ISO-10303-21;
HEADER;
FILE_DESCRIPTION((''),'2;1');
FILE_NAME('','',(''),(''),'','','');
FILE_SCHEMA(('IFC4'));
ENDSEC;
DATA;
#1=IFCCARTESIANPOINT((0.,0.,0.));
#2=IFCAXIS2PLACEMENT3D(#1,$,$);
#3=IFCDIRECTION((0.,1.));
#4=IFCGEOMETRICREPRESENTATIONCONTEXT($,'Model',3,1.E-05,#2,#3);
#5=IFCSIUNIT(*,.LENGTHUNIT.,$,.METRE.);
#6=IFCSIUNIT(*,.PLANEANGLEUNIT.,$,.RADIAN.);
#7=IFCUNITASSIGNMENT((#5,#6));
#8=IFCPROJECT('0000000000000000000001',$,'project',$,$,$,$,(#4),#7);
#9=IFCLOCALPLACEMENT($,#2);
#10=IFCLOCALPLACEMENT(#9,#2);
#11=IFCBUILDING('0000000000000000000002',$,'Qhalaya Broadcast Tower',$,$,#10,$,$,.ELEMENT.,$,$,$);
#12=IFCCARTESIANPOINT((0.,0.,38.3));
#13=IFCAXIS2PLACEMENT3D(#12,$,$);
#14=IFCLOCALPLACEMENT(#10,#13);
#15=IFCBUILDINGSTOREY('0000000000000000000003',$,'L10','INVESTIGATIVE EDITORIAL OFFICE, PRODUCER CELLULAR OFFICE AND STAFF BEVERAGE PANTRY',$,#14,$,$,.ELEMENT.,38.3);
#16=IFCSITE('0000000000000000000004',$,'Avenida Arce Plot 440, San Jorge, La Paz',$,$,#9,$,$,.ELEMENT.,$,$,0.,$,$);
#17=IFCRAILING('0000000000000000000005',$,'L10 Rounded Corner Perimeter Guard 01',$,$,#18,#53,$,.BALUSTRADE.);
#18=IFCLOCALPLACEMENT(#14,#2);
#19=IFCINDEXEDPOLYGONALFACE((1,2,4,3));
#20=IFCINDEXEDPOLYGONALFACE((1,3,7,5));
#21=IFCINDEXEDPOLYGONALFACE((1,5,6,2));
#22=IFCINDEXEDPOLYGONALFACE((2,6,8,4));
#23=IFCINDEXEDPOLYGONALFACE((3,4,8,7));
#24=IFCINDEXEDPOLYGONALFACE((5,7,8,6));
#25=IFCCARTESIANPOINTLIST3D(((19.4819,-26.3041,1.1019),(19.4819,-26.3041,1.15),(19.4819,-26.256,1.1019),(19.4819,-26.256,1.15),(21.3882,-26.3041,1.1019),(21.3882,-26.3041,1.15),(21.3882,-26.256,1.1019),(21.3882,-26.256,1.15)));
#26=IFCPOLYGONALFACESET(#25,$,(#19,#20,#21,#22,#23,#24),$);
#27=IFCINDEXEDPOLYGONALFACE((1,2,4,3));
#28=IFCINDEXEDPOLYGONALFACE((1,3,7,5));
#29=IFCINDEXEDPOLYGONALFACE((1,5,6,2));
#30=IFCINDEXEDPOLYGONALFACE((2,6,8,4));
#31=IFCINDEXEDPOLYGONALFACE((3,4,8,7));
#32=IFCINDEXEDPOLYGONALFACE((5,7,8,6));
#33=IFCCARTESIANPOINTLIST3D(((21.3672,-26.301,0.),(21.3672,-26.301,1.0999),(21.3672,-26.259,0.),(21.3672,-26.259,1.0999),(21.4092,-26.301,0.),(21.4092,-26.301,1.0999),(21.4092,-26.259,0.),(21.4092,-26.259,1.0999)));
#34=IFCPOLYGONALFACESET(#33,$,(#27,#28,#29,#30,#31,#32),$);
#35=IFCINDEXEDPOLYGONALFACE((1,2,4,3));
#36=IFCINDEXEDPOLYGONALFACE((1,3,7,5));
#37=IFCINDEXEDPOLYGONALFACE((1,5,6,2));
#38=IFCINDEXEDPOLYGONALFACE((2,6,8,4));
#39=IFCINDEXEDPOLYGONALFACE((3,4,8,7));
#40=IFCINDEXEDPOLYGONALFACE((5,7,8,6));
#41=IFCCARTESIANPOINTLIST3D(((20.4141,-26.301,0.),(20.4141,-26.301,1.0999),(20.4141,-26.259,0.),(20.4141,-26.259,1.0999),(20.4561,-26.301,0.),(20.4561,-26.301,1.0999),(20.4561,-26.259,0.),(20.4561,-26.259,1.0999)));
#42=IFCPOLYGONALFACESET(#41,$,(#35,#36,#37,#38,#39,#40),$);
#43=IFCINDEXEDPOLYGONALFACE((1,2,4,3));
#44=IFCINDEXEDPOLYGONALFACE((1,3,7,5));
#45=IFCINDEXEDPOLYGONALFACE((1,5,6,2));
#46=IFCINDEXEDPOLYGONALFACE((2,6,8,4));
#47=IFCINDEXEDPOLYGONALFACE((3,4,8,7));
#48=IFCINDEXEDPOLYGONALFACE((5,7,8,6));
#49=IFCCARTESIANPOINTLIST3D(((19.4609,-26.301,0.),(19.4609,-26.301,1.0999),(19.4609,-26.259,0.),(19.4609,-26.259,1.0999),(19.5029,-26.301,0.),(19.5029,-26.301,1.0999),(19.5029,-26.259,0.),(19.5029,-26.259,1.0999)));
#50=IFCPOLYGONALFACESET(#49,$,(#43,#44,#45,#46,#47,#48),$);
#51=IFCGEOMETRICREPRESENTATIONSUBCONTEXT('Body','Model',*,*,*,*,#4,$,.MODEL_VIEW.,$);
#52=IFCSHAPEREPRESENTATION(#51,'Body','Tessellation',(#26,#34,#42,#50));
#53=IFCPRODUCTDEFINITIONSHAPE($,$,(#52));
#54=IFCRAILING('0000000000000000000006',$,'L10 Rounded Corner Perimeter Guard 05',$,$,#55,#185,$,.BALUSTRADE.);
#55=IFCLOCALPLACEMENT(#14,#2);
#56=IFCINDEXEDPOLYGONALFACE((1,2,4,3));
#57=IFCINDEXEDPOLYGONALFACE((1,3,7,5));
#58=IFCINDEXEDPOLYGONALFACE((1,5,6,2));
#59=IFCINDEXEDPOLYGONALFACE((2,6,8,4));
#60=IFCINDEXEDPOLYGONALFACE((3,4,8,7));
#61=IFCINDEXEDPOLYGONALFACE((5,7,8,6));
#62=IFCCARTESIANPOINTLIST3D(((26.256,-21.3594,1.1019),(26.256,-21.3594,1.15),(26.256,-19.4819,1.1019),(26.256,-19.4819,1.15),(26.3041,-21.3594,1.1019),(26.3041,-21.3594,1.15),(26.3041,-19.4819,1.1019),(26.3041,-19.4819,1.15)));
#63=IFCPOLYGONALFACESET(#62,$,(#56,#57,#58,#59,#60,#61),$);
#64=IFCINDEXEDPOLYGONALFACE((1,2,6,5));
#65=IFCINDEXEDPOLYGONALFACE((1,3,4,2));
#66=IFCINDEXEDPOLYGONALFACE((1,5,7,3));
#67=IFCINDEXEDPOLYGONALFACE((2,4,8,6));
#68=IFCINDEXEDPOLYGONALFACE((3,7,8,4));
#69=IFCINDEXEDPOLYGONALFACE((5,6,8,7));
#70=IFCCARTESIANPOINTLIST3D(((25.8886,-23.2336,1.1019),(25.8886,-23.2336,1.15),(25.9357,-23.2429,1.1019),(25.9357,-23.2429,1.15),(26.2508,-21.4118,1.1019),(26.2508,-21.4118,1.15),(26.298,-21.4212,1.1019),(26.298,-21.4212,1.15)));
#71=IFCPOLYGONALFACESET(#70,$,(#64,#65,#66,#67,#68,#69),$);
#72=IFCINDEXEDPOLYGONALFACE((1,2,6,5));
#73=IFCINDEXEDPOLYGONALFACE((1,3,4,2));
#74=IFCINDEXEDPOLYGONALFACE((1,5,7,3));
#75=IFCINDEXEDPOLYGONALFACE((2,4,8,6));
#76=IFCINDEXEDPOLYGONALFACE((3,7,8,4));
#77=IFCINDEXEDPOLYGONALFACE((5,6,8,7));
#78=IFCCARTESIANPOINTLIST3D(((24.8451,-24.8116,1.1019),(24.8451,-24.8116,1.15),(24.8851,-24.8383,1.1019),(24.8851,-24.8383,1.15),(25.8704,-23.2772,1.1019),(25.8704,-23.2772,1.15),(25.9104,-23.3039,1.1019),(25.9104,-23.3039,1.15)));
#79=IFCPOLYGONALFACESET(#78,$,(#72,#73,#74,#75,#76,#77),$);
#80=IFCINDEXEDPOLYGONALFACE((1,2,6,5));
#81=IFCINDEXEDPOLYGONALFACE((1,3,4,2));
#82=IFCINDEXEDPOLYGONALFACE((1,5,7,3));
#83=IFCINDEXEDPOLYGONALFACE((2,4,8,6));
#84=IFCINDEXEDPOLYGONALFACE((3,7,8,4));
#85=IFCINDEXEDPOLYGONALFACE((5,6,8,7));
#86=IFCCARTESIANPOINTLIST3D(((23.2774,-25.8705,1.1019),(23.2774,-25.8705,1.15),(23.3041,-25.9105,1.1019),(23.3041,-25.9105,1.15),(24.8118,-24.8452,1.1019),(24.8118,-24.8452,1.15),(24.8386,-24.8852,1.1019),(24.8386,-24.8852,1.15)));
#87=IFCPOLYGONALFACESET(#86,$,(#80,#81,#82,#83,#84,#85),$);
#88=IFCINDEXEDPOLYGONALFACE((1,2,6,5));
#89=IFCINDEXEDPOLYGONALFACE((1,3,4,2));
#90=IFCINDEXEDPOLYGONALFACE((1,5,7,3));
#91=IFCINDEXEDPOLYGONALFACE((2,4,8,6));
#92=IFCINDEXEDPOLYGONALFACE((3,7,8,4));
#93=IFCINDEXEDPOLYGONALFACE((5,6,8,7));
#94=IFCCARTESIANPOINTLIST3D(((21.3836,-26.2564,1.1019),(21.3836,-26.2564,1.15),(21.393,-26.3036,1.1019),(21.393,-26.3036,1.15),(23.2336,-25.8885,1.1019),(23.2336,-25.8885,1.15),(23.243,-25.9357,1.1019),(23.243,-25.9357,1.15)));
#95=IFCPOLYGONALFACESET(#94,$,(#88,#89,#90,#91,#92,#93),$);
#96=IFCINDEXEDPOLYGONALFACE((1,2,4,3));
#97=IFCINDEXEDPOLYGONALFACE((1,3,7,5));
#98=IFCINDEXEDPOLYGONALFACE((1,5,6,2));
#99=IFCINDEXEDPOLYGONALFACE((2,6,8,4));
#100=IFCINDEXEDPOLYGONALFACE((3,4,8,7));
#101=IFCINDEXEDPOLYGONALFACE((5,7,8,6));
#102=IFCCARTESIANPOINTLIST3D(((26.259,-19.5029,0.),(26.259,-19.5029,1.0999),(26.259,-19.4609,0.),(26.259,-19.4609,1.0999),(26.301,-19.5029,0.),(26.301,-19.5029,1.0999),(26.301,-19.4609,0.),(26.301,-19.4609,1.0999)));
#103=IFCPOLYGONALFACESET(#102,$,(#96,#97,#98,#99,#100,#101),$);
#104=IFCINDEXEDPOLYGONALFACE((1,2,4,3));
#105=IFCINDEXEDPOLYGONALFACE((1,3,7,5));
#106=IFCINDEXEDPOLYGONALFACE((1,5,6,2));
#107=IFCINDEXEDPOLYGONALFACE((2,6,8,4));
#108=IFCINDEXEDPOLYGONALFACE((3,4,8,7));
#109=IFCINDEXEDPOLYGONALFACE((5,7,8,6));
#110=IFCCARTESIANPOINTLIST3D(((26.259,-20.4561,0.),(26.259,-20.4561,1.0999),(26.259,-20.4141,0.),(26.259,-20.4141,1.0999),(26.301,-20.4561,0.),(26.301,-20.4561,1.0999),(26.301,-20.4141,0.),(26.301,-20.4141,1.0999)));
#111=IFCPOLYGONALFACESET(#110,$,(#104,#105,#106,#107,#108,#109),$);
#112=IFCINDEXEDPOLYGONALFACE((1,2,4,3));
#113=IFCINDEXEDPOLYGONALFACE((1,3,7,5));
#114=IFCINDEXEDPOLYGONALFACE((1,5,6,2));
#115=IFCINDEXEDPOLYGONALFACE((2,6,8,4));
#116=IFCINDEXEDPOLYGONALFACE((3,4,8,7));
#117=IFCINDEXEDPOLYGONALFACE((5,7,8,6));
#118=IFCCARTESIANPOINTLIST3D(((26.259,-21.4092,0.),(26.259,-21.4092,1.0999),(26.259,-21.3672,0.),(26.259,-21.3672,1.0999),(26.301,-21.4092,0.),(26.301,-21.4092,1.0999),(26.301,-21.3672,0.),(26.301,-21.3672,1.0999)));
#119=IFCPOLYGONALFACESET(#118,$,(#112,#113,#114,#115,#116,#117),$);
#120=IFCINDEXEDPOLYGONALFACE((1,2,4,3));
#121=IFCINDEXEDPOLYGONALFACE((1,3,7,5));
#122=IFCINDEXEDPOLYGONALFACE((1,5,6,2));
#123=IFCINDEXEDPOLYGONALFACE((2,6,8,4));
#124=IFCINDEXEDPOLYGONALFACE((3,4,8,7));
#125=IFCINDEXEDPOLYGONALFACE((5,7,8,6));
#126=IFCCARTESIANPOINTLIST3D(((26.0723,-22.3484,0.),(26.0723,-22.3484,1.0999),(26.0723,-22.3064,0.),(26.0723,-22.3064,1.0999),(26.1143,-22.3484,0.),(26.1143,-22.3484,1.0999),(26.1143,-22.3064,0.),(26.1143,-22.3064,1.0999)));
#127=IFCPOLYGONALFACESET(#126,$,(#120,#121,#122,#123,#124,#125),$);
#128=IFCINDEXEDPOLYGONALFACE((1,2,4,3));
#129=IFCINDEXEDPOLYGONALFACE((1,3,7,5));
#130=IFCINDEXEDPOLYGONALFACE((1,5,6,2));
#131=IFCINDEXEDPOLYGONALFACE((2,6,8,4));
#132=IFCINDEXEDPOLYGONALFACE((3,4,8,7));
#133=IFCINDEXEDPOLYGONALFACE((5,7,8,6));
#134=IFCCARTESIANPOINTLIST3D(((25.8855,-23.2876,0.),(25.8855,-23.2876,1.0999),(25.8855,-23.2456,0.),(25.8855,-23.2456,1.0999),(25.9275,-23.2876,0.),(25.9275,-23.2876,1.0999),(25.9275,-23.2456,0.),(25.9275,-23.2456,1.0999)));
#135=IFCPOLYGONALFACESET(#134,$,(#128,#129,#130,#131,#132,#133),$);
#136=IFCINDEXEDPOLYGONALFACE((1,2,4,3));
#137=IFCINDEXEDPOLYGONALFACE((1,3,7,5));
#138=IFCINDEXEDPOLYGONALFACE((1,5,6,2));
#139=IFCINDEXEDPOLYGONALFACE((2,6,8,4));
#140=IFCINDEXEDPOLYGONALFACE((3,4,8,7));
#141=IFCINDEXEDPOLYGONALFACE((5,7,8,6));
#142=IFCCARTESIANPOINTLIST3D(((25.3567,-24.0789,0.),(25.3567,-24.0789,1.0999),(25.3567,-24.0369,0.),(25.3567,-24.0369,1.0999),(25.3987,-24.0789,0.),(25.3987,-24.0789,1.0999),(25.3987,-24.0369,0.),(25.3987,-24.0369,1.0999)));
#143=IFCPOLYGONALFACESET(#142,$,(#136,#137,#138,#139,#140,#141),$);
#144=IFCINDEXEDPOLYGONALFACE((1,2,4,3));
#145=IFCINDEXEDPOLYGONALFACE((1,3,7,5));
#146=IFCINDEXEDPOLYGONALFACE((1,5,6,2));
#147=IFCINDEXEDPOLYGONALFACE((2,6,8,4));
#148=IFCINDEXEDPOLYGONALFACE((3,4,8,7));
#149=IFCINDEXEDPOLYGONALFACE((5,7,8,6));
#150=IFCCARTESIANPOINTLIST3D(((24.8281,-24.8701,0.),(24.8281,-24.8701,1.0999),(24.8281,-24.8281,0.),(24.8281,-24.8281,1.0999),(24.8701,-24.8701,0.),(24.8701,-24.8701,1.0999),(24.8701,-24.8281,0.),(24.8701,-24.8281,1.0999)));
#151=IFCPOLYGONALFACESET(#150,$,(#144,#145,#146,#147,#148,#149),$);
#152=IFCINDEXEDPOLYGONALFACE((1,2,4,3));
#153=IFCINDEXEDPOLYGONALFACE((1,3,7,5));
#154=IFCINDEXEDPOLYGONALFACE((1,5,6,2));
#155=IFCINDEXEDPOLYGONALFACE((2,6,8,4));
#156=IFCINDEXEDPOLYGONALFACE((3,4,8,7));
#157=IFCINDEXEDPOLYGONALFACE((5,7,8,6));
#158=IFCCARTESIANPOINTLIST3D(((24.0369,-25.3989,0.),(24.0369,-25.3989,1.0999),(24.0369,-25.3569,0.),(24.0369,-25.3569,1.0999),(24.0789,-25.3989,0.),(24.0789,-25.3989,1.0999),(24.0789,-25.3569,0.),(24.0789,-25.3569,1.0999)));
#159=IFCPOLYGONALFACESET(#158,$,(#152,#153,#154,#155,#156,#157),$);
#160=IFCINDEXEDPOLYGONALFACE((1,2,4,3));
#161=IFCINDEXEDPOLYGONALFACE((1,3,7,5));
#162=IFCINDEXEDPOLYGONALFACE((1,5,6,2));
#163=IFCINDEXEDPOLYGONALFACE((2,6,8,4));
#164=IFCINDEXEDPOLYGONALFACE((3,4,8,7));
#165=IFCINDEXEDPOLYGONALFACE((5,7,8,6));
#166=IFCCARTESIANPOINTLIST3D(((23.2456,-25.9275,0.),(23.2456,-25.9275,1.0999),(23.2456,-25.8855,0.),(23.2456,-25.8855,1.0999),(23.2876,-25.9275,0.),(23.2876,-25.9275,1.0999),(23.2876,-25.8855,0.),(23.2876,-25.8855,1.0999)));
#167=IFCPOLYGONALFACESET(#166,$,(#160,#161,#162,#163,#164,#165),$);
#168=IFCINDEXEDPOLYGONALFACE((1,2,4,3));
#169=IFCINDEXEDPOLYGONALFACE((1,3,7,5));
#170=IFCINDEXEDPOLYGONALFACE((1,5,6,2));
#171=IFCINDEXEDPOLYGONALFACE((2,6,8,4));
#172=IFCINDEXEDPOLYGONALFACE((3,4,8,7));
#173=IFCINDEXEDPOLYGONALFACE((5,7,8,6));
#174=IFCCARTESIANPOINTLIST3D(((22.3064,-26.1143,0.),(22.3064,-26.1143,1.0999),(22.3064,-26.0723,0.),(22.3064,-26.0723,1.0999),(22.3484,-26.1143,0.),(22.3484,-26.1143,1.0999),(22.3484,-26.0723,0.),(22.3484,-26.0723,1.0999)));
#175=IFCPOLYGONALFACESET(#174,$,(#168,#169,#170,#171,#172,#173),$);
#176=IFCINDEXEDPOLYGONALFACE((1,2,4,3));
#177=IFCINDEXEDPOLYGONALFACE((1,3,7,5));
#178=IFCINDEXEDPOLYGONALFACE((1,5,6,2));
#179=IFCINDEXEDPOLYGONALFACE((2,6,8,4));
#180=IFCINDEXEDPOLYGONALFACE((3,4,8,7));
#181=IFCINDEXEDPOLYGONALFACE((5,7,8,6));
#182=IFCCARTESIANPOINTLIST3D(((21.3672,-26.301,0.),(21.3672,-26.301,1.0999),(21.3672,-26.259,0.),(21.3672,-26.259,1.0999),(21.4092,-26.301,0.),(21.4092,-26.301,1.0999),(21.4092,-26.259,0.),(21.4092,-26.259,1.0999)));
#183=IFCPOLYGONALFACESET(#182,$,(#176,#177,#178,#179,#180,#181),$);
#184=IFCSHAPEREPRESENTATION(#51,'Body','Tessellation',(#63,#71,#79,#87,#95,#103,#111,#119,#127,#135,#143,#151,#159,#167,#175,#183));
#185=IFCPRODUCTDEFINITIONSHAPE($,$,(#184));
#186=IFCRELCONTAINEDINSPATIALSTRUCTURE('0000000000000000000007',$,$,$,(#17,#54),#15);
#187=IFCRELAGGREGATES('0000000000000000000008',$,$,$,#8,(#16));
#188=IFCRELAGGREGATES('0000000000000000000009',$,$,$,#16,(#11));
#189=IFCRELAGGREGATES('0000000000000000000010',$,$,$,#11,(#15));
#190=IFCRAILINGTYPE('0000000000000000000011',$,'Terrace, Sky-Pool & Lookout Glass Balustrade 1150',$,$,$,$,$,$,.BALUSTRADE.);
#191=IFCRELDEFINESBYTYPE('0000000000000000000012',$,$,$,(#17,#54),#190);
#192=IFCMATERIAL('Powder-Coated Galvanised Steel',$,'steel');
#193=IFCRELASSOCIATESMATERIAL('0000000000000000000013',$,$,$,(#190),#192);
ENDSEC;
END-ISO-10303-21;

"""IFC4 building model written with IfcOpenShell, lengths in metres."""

from ifc_helpers import new_model, si_unit, direction, frame, origin, origin_2d, place, context, subcontext, project, spatial, rectangle, extrude, material, type_object, element, save


model = new_model("IFC4")

# Units and contexts
model_context = context("Model", 3, precision=1e-05, world=origin(), true_north=direction((0.0, 1.0)))
body_context = subcontext(model_context, "Body", "Model", "MODEL_VIEW")
ifc_project = project(units=[si_unit("LENGTHUNIT", "METRE"), si_unit("PLANEANGLEUNIT", "RADIAN")], contexts=[model_context])

# Site, building, storey
site_placement = place(None, origin())
site = spatial("IfcSite", under=ifc_project, at=site_placement, Name="Avenida Arce Plot 440, San Jorge, La Paz", CompositionType="ELEMENT", RefElevation=0.0)
building_placement = place(site_placement, origin())
building = spatial("IfcBuilding", under=site, at=building_placement, Name="Qhalaya Broadcast Tower", CompositionType="ELEMENT")
storey_placement = place(building_placement, frame((0.0, 0.0, 38.3)))
storey = spatial("IfcBuildingStorey", under=building, at=storey_placement, Name="L10", Description="INVESTIGATIVE EDITORIAL OFFICE, PRODUCER CELLULAR OFFICE AND STAFF BEVERAGE PANTRY", CompositionType="ELEMENT", Elevation=38.3)

# Railings
ifc_material_1 = material(Name="Powder-Coated Galvanised Steel", Category="steel")
railing_type = type_object("IfcRailingType", Name="Terrace, Sky-Pool & Lookout Glass Balustrade 1150", PredefinedType="BALUSTRADE", material=ifc_material_1)
railing_1_placement = place(storey_placement, frame((21.3882, -26.28, 0.0)))
element("IfcRailing", 1, at=railing_1_placement, inside=storey, type_object=railing_type, Name="L10 Rounded Corner Perimeter Guard 01", PredefinedType="BALUSTRADE", context=body_context, shape_type="SweptSolid", body=[
    extrude(rectangle(XDim=0.0481, YDim=0.0481, at=origin_2d()), frame((0.0, 0.0, 1.126), z_axis=(-1.0, 0.0, 0.0), x_axis=(0.0, -1.0, 0.0)), (0.0, 0.0, 1.0), 1.9062),
    extrude(rectangle(XDim=0.042, YDim=0.042, at=origin_2d()), origin(), (0.0, 0.0, 1.0), 1.0999),
    extrude(rectangle(XDim=0.042, YDim=0.042, at=origin_2d()), frame((-0.9531, 0.0, 0.0)), (0.0, 0.0, 1.0), 1.0999),
    extrude(rectangle(XDim=0.042, YDim=0.042, at=origin_2d()), frame((-1.9062, 0.0, 0.0)), (0.0, 0.0, 1.0), 1.0999),
])
railing_2_placement = place(storey_placement, frame((26.28, -19.4819, 0.0)))
element("IfcRailing", 2, at=railing_2_placement, inside=storey, type_object=railing_type, Name="L10 Rounded Corner Perimeter Guard 05", PredefinedType="BALUSTRADE", context=body_context, shape_type="SweptSolid", body=[
    extrude(rectangle(XDim=0.0481, YDim=0.0481, at=origin_2d()), frame((0.0, 0.0, 1.126), z_axis=(0.0, -1.0, 0.0), x_axis=(1.0, 0.0, 0.0)), (0.0, 0.0, 1.0), 1.8774),
    extrude(rectangle(XDim=0.0481, YDim=0.0481, at=origin_2d()), frame((-0.0056, -1.9346, 1.126), z_axis=(-0.195037, -0.980796, 0.0), x_axis=(0.980796, -0.195037, 0.0)), (0.0, 0.0, 1.0), 1.8574),
    extrude(rectangle(XDim=0.0481, YDim=0.0481, at=origin_2d()), frame((-0.3896, -3.8086, 1.126), z_axis=(-0.555558, -0.831478, 0.0), x_axis=(0.831478, -0.555558, 0.0)), (0.0, 0.0, 1.0), 1.8455),
    extrude(rectangle(XDim=0.0481, YDim=0.0481, at=origin_2d()), frame((-1.4548, -5.3833, 1.126), z_axis=(-0.831478, -0.555558, 0.0), x_axis=(0.555558, -0.831478, 0.0)), (0.0, 0.0, 1.0), 1.8455),
    extrude(rectangle(XDim=0.0481, YDim=0.0481, at=origin_2d()), frame((-3.0417, -6.4302, 1.126), z_axis=(-0.980796, -0.195037, 0.0), x_axis=(0.195037, -0.980796, 0.0)), (0.0, 0.0, 1.0), 1.8862),
    extrude(rectangle(XDim=0.042, YDim=0.042, at=origin_2d()), origin(), (0.0, 0.0, 1.0), 1.0999),
    extrude(rectangle(XDim=0.042, YDim=0.042, at=origin_2d()), frame((0.0, -0.9531, 0.0)), (0.0, 0.0, 1.0), 1.0999),
    extrude(rectangle(XDim=0.042, YDim=0.042, at=origin_2d()), frame((0.0, -1.9062, 0.0)), (0.0, 0.0, 1.0), 1.0999),
    extrude(rectangle(XDim=0.042, YDim=0.042, at=origin_2d()), frame((-0.1868, -2.8455, 0.0)), (0.0, 0.0, 1.0), 1.0999),
    extrude(rectangle(XDim=0.042, YDim=0.042, at=origin_2d()), frame((-0.3735, -3.7847, 0.0)), (0.0, 0.0, 1.0), 1.0999),
    extrude(rectangle(XDim=0.042, YDim=0.042, at=origin_2d()), frame((-0.9023, -4.5759, 0.0)), (0.0, 0.0, 1.0), 1.0999),
    extrude(rectangle(XDim=0.042, YDim=0.042, at=origin_2d()), frame((-1.4309, -5.3672, 0.0)), (0.0, 0.0, 1.0), 1.0999),
    extrude(rectangle(XDim=0.042, YDim=0.042, at=origin_2d()), frame((-2.2222, -5.896, 0.0)), (0.0, 0.0, 1.0), 1.0999),
    extrude(rectangle(XDim=0.042, YDim=0.042, at=origin_2d()), frame((-3.0134, -6.4246, 0.0)), (0.0, 0.0, 1.0), 1.0999),
    extrude(rectangle(XDim=0.042, YDim=0.042, at=origin_2d()), frame((-3.9526, -6.6113, 0.0)), (0.0, 0.0, 1.0), 1.0999),
    extrude(rectangle(XDim=0.042, YDim=0.042, at=origin_2d()), frame((-4.8918, -6.7981, 0.0)), (0.0, 0.0, 1.0), 1.0999),
])

save(model, "model.ifc")
